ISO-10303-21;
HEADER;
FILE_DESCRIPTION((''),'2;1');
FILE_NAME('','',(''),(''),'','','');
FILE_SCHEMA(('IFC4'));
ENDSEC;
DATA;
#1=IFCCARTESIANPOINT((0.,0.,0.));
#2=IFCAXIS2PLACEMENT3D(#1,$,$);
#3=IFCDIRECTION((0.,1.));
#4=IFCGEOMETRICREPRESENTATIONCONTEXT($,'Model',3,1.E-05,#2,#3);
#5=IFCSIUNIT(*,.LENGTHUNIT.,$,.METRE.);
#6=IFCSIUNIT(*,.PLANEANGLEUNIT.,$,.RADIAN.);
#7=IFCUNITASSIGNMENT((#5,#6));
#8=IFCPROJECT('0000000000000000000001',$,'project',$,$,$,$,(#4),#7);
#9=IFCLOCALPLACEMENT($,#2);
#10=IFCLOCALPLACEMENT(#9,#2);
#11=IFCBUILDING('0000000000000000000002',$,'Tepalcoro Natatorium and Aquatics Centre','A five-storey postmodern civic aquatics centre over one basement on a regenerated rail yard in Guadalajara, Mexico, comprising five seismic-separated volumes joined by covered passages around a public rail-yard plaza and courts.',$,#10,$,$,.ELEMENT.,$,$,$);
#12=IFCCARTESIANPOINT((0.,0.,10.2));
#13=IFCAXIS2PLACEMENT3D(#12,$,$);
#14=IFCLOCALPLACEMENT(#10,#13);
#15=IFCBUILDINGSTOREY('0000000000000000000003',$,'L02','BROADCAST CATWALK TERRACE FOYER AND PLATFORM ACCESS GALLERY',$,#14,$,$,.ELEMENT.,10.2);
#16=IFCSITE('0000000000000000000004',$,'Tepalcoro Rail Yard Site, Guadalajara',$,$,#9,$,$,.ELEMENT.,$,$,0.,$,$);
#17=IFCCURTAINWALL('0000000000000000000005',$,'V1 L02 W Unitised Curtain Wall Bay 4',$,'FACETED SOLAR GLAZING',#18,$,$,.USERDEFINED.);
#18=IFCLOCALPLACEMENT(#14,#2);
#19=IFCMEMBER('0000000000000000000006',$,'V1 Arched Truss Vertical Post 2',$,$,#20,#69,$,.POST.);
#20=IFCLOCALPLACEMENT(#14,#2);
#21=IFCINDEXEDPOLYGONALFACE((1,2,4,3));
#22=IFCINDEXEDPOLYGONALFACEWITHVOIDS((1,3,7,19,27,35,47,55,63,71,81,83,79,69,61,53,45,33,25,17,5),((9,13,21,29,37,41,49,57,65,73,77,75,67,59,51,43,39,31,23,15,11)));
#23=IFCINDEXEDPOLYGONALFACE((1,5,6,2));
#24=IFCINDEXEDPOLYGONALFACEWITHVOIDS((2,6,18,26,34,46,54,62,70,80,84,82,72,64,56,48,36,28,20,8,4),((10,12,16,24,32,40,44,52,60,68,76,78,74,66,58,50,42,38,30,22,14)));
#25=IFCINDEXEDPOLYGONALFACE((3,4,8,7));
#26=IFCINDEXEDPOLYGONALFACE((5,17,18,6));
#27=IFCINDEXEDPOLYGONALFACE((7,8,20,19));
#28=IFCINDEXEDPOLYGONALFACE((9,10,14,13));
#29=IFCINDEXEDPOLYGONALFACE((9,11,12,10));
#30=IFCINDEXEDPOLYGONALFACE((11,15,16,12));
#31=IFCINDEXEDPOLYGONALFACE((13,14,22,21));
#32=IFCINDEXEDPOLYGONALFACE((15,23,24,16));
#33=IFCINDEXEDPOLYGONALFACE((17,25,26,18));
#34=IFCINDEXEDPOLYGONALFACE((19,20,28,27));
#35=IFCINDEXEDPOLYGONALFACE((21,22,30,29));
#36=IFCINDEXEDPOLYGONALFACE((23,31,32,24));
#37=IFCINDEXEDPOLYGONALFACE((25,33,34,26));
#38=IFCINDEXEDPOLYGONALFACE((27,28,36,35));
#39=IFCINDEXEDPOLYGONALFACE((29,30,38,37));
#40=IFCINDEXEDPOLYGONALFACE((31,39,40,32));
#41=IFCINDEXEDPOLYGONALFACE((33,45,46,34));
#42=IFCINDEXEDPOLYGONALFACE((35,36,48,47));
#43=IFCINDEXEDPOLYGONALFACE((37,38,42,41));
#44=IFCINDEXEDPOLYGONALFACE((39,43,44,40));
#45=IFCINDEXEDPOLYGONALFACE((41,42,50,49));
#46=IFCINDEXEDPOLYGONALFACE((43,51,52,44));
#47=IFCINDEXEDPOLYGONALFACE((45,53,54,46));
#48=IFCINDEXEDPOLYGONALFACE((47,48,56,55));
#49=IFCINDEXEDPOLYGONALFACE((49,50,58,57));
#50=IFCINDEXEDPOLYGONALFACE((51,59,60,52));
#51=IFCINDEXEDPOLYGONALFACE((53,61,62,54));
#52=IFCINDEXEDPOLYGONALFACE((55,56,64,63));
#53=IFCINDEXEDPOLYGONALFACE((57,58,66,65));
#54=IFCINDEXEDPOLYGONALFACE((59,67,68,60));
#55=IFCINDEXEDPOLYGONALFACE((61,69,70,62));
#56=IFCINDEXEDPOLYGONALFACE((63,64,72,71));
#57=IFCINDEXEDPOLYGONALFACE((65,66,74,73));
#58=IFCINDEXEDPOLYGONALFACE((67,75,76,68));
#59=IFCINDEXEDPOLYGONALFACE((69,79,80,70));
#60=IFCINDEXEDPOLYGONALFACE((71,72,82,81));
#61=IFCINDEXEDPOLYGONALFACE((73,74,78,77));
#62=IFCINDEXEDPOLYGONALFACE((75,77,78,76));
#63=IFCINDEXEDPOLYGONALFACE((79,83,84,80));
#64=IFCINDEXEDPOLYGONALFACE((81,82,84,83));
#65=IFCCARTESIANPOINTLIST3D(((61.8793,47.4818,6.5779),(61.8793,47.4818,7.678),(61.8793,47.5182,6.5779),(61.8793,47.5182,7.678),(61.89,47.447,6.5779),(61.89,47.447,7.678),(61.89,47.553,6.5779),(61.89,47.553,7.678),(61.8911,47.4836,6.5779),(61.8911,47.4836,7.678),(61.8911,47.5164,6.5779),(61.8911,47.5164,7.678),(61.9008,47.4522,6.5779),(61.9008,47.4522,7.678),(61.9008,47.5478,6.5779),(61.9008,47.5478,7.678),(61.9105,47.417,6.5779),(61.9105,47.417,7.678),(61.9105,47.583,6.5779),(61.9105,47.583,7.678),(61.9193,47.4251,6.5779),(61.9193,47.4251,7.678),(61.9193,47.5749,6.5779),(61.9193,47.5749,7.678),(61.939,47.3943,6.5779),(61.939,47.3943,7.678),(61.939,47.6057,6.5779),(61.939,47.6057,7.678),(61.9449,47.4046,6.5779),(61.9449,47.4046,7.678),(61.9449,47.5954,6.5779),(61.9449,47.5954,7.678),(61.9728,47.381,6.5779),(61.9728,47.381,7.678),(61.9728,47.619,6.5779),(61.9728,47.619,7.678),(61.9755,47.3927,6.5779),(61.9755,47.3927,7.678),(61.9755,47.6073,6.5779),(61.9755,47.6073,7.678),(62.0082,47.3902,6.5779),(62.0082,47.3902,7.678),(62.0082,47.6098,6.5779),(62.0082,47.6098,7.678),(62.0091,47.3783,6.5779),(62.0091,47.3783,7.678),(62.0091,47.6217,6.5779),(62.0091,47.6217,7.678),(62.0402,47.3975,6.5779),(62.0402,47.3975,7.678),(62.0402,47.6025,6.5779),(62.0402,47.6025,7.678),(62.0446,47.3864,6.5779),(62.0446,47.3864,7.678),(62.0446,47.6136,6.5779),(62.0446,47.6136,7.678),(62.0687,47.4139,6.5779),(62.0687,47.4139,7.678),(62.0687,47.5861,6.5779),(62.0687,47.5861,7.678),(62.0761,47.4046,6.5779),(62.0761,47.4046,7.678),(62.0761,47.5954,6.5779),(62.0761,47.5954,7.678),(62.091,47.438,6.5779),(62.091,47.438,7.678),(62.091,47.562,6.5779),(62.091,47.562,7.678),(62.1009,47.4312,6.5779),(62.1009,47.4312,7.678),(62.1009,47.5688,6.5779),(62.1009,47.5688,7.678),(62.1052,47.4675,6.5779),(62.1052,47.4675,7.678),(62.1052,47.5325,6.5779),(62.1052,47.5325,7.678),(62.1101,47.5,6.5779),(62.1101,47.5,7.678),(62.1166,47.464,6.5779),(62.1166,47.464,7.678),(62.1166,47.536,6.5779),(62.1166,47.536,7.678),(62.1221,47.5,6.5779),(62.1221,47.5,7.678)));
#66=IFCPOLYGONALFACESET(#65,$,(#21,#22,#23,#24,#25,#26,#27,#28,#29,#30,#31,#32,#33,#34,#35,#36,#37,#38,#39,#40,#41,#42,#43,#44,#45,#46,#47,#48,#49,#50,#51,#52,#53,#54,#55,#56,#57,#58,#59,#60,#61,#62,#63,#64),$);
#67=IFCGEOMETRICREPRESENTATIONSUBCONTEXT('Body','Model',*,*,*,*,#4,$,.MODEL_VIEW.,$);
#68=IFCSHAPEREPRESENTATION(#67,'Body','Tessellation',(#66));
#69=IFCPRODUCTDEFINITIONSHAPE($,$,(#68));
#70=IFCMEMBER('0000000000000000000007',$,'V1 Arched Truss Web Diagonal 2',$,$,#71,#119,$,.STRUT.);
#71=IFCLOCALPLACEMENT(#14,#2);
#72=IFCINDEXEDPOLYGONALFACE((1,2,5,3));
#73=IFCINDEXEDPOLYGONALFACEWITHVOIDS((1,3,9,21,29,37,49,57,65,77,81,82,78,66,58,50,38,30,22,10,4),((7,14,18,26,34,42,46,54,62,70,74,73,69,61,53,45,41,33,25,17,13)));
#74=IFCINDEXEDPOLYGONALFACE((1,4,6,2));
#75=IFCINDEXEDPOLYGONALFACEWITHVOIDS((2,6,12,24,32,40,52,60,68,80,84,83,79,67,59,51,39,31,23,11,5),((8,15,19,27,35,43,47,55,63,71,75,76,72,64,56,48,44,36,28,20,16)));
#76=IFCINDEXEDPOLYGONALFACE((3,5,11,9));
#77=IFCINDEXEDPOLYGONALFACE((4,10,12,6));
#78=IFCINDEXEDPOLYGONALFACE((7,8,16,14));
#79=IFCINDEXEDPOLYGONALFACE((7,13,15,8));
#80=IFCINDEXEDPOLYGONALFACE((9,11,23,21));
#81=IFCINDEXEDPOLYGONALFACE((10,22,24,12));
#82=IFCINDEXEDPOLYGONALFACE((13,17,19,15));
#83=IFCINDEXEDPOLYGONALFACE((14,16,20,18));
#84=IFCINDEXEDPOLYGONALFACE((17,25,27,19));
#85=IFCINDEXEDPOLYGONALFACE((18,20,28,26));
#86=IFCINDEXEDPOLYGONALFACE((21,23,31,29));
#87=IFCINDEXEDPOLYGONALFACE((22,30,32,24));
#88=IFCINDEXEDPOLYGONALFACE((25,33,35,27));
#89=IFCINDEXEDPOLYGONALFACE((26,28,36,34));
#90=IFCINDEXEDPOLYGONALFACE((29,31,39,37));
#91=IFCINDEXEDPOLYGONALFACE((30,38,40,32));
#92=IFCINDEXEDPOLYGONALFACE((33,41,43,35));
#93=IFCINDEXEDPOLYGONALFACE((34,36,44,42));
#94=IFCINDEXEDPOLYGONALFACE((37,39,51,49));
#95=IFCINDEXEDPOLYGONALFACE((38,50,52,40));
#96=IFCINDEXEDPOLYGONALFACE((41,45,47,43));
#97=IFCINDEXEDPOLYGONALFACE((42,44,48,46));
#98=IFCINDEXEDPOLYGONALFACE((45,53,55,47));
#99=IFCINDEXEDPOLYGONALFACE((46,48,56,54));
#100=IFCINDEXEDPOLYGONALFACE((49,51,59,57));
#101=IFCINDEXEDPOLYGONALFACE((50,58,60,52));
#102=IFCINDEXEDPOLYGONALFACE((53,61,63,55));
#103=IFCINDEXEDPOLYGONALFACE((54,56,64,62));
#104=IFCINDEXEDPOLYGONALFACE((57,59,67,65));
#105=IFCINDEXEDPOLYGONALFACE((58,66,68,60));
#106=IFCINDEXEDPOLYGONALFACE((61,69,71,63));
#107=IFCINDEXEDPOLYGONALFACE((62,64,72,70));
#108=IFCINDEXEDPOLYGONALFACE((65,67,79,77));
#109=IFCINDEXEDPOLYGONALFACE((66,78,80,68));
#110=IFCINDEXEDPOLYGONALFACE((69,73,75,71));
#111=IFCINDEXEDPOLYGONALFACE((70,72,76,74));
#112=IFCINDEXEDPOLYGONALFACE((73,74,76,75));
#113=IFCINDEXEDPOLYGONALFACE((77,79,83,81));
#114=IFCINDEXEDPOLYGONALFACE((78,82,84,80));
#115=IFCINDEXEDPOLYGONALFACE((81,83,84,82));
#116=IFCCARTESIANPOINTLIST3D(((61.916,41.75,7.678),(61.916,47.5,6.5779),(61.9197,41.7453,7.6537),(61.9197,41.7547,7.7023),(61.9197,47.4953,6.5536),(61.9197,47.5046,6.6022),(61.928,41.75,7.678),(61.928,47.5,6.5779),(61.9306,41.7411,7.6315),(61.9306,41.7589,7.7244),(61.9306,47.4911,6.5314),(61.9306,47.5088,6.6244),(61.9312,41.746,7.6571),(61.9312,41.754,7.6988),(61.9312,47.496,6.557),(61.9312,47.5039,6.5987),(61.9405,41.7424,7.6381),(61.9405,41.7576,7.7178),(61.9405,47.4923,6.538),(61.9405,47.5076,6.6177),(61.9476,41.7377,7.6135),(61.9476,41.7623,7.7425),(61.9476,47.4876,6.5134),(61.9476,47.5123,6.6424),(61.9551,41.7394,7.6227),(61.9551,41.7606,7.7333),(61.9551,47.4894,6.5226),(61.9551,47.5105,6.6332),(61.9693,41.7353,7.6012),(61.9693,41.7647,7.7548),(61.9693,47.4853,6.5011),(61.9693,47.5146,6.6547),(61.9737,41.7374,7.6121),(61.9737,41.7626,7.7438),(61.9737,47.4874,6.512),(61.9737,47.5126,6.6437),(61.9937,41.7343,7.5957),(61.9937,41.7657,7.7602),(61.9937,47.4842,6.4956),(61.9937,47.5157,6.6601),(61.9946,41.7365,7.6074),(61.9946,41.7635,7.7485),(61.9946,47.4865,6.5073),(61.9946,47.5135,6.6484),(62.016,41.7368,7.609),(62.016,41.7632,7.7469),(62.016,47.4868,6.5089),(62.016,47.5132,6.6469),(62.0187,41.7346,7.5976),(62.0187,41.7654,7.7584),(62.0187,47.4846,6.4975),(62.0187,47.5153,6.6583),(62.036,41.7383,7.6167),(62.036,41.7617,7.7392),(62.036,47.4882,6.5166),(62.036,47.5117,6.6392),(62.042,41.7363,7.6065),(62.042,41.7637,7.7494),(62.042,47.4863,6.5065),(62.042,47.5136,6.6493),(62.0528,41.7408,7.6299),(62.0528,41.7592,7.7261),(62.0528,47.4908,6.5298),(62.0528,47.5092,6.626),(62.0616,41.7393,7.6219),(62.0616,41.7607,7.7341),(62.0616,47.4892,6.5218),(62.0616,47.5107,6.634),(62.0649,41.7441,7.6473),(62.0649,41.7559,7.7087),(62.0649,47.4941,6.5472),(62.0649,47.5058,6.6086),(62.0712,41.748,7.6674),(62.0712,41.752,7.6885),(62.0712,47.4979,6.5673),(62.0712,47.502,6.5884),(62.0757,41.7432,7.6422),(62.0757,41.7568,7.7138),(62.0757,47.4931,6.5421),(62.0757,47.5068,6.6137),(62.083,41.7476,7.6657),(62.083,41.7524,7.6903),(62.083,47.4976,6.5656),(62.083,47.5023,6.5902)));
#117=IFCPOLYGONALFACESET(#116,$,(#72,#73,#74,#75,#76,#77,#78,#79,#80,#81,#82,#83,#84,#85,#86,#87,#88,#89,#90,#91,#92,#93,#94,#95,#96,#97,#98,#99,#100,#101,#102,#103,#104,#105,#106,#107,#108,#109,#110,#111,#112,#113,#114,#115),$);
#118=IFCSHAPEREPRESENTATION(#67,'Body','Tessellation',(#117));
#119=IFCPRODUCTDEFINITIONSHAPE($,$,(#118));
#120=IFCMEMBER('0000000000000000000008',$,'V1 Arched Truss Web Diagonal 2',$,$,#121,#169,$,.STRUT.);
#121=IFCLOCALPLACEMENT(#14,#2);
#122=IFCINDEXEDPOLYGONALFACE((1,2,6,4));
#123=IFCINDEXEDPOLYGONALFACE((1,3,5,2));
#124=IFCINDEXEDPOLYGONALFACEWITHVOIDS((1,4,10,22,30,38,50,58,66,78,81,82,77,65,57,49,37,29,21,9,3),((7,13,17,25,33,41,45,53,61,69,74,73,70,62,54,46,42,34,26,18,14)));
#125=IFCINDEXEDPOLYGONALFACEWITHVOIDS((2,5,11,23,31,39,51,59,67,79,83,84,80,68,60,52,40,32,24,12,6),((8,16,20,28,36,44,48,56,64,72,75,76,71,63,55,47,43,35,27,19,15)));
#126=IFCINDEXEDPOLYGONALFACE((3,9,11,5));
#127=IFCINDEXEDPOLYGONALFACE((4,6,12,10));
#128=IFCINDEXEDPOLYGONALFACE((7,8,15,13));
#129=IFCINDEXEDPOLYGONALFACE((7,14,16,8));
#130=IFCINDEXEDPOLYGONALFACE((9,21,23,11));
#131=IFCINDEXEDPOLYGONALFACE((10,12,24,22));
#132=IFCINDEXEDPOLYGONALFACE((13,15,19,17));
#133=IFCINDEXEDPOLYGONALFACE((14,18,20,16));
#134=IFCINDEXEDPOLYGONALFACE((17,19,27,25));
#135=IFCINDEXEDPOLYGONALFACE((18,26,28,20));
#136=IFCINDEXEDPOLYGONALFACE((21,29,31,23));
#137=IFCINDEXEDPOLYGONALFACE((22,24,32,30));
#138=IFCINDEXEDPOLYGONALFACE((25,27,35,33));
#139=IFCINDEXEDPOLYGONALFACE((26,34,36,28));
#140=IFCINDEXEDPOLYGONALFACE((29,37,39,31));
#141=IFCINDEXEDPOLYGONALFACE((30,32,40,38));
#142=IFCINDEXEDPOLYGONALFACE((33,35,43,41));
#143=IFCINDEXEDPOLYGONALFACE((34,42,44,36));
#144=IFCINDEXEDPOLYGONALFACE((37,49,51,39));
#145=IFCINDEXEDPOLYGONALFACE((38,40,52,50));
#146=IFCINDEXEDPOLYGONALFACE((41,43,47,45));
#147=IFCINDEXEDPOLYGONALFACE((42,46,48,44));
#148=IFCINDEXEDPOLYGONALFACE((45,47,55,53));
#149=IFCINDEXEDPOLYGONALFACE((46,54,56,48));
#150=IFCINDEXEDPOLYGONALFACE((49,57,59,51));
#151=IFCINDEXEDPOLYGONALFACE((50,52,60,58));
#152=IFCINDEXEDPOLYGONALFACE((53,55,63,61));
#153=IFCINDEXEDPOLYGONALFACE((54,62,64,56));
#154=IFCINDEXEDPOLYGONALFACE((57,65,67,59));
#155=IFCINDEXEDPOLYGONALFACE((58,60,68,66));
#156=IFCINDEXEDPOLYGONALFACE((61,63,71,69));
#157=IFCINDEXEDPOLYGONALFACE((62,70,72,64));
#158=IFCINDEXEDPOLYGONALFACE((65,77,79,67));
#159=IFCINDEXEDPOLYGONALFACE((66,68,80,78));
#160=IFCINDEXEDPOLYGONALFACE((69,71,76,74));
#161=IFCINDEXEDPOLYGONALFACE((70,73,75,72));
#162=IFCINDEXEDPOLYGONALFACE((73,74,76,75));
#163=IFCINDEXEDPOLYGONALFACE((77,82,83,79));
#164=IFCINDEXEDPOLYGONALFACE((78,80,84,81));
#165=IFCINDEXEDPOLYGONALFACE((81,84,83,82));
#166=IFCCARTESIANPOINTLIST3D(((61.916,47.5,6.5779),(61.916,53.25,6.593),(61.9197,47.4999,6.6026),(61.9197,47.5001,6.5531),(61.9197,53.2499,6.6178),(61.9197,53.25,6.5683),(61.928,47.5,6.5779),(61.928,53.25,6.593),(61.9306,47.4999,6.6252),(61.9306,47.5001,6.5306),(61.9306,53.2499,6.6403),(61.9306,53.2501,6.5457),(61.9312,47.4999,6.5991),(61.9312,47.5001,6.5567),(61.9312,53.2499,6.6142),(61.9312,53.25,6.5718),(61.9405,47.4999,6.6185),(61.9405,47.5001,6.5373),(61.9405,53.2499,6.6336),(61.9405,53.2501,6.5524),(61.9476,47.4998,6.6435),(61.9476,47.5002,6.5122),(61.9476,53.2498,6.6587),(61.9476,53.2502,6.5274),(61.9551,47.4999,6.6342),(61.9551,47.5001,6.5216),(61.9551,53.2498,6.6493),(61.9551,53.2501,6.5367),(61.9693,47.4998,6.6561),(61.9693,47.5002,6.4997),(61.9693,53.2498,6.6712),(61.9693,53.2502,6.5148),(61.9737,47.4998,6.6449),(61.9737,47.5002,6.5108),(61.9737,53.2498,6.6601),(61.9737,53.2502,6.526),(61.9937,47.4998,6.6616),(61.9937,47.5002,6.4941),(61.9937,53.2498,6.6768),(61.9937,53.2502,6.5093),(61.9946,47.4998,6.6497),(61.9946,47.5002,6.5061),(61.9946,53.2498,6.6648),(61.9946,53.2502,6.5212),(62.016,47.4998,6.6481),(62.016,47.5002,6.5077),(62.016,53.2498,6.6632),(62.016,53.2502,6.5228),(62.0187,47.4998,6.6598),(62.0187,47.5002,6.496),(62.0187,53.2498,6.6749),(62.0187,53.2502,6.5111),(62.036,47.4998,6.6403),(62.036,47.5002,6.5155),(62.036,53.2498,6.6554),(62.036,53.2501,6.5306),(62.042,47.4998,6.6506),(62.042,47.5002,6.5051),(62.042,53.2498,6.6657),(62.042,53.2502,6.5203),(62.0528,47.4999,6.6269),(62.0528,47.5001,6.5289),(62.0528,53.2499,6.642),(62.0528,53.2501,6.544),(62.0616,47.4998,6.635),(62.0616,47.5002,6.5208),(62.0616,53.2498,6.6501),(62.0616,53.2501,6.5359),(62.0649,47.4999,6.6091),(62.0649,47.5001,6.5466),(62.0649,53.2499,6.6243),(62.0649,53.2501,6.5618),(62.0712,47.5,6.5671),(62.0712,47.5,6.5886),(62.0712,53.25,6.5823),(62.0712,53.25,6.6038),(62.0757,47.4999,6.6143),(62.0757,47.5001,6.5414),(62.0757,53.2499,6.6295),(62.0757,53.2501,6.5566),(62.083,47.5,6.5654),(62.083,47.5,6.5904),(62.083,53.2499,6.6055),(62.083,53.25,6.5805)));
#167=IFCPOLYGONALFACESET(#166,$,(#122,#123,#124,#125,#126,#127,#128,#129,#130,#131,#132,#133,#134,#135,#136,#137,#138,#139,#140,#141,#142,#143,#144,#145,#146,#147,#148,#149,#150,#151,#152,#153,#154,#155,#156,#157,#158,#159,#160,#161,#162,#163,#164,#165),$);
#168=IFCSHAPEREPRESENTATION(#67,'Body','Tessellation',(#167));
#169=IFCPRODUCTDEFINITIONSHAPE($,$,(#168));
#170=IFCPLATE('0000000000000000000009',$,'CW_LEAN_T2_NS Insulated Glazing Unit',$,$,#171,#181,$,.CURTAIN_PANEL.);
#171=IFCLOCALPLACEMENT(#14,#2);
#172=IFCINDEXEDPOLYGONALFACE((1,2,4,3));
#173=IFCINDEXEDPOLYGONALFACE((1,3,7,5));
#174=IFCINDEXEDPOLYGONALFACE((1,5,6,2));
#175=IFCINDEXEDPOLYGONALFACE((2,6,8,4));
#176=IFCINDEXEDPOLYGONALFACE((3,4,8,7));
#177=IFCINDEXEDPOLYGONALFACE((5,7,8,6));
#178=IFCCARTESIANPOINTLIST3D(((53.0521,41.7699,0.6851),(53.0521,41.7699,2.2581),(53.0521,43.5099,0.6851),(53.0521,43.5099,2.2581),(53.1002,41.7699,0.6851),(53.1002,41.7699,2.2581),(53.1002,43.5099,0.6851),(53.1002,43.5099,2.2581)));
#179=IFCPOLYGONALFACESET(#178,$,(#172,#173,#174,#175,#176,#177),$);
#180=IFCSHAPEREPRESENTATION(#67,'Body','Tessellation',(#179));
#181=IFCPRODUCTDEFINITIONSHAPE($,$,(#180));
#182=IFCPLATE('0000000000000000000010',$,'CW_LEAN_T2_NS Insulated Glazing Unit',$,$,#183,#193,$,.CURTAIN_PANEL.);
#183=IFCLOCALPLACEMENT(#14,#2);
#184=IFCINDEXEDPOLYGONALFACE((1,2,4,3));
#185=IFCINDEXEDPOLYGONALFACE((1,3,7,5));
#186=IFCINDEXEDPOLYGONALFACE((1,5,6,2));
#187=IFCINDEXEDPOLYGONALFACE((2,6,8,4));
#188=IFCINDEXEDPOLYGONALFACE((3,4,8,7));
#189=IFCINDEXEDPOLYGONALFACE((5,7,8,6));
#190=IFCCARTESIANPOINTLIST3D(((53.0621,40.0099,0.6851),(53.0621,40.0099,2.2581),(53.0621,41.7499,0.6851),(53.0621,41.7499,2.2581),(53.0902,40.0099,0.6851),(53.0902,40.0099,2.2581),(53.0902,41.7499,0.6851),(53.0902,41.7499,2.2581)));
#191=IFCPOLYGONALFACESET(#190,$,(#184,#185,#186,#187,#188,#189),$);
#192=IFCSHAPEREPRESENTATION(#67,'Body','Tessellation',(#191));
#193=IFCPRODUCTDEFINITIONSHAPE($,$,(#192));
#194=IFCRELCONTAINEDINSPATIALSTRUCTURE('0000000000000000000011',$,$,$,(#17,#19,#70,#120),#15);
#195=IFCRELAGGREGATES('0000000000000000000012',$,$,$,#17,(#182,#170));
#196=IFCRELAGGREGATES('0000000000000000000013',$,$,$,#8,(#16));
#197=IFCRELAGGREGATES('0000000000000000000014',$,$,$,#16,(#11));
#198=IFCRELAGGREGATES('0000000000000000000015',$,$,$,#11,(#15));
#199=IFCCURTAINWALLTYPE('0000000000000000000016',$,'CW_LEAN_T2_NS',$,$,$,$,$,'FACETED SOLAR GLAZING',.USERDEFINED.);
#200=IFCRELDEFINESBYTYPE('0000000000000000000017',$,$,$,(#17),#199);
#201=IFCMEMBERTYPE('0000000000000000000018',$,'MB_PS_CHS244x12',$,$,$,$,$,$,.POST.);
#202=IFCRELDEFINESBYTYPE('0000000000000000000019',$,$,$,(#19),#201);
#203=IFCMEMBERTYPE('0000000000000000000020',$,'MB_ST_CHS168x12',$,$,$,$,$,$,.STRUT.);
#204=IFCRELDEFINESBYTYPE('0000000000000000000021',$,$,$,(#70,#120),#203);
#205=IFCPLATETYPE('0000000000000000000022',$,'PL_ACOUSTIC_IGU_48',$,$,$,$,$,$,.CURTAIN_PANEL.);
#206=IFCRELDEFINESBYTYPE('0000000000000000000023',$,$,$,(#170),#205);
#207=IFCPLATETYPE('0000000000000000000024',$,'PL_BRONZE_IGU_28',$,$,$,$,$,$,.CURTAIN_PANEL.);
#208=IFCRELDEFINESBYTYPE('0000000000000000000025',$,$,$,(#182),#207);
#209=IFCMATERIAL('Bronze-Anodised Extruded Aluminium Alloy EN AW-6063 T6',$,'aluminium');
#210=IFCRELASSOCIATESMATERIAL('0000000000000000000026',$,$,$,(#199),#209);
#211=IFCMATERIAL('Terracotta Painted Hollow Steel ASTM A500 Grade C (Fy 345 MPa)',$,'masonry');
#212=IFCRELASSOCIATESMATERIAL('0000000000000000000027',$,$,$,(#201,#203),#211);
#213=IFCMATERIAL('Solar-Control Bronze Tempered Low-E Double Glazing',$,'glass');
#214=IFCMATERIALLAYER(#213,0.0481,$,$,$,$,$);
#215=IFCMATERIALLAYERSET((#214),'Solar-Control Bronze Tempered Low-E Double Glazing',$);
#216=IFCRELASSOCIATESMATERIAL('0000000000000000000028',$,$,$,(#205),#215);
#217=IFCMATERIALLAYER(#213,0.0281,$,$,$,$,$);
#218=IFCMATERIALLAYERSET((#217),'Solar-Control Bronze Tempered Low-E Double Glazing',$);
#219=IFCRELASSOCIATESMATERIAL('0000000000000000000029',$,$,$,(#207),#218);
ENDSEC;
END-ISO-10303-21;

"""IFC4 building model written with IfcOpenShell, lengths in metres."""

from ifc_helpers import new_model, si_unit, direction, frame, origin, origin_2d, place, context, subcontext, project, spatial, rectangle, hollow_circle, extrude, material, layer, layer_set, material_profile, profile_set, type_object, element, aggregate, save


model = new_model("IFC4")

# Units and contexts
model_context = context("Model", 3, precision=1e-05, world=origin(), true_north=direction((0.0, 1.0)))
body_context = subcontext(model_context, "Body", "Model", "MODEL_VIEW")
ifc_project = project(units=[si_unit("LENGTHUNIT", "METRE"), si_unit("PLANEANGLEUNIT", "RADIAN")], contexts=[model_context])

# Site, building, storey
site_placement = place(None, origin())
site = spatial("IfcSite", under=ifc_project, at=site_placement, Name="Tepalcoro Rail Yard Site, Guadalajara", CompositionType="ELEMENT", RefElevation=0.0)
building_placement = place(site_placement, origin())
building = spatial("IfcBuilding", under=site, at=building_placement, Name="Tepalcoro Natatorium and Aquatics Centre", Description="A five-storey postmodern civic aquatics centre over one basement on a regenerated rail yard in Guadalajara, Mexico, comprising five seismic-separated volumes joined by covered passages around a public rail-yard plaza and courts.", CompositionType="ELEMENT")
storey_placement = place(building_placement, frame((0.0, 0.0, 10.2)))
storey = spatial("IfcBuildingStorey", under=building, at=storey_placement, Name="L02", Description="BROADCAST CATWALK TERRACE FOYER AND PLATFORM ACCESS GALLERY", CompositionType="ELEMENT", Elevation=10.2)

# Shared definitions
ifc_material_1 = material(Name="Terracotta Painted Hollow Steel ASTM A500 Grade C (Fy 345 MPa)", Category="masonry")

# Curtain wall
ifc_material_2 = material(Name="Bronze-Anodised Extruded Aluminium Alloy EN AW-6063 T6", Category="aluminium")
curtain_wall_type = type_object("IfcCurtainWallType", Name="CW_LEAN_T2_NS", ElementType="FACETED SOLAR GLAZING", PredefinedType="USERDEFINED", material=ifc_material_2)
curtain_wall_placement = place(storey_placement, origin())
curtain_wall = element("IfcCurtainWall", 1, at=curtain_wall_placement, inside=storey, type_object=curtain_wall_type, Name="V1 L02 W Unitised Curtain Wall Bay 4", ObjectType="FACETED SOLAR GLAZING", PredefinedType="USERDEFINED")

# Members
ifc_material_profile_1 = material_profile(ifc_material_1, hollow_circle(Radius=0.1221, WallThickness=0.012, at=origin_2d()), Name="CHS244X12")
ifc_profile_set_1 = profile_set([ifc_material_profile_1], Name="Terracotta Painted Hollow Steel ASTM A500 Grade C (Fy 345 MPa)")
member_type_1 = type_object("IfcMemberType", Name="MB_PS_CHS244x12", PredefinedType="POST", material=ifc_profile_set_1)
for number, where, z_axis, x_axis, name in (
    (2, (62.0, 47.5, 6.5779), (0.0, 0.0, 1.0), (1.0, 0.0, 0.0), "V1 Arched Truss Vertical Post 2"),
):
    element("IfcMember", number, at=place(storey_placement, frame(where, z_axis=z_axis, x_axis=x_axis)), inside=storey, type_object=member_type_1, Name=name, PredefinedType="POST", context=body_context, shape_type="SweptSolid", body=[
        extrude(hollow_circle(Radius=0.1221, WallThickness=0.012, at=origin_2d()), origin(), (0.0, 0.0, 1.0), 1.1001),
    ])
ifc_material_profile_2 = material_profile(ifc_material_1, hollow_circle(Radius=0.084, WallThickness=0.012, at=origin_2d()), Name="CHS168X12")
ifc_profile_set_2 = profile_set([ifc_material_profile_2], Name="Terracotta Painted Hollow Steel ASTM A500 Grade C (Fy 345 MPa)")
member_type_2 = type_object("IfcMemberType", Name="MB_ST_CHS168x12", PredefinedType="STRUT", material=ifc_profile_set_2)
member_1_placement = place(storey_placement, frame((62.0, 41.75, 7.678), z_axis=(0.0, 0.982186, -0.187913), x_axis=(-1.0, 0.0, 0.0)))
element("IfcMember", 3, at=member_1_placement, inside=storey, type_object=member_type_2, Name="V1 Arched Truss Web Diagonal 2", PredefinedType="STRUT", context=body_context, shape_type="SweptSolid", body=[
    extrude(hollow_circle(Radius=0.084, WallThickness=0.012, at=origin_2d()), origin(), (0.0, 0.0, 1.0), 5.8542),
])
member_2_placement = place(storey_placement, frame((62.0, 47.5, 6.5779), z_axis=(0.0, 0.999997, 0.002632), x_axis=(-1.0, 0.0, 0.0)))
element("IfcMember", 4, at=member_2_placement, inside=storey, type_object=member_type_2, Name="V1 Arched Truss Web Diagonal 2", PredefinedType="STRUT", context=body_context, shape_type="SweptSolid", body=[
    extrude(hollow_circle(Radius=0.084, WallThickness=0.012, at=origin_2d()), origin(), (0.0, 0.0, 1.0), 5.75),
])

# Plates
ifc_material_3 = material(Name="Solar-Control Bronze Tempered Low-E Double Glazing", Category="glass")
ifc_layer_1 = layer(ifc_material_3, 0.0481)
ifc_layer_set_1 = layer_set([ifc_layer_1], Name="Solar-Control Bronze Tempered Low-E Double Glazing")
plate_type_1 = type_object("IfcPlateType", Name="PL_ACOUSTIC_IGU_48", PredefinedType="CURTAIN_PANEL", material=ifc_layer_set_1)
plate_1_placement = place(storey_placement, frame((53.0762, 42.6399, 0.6851), z_axis=(0.0, 0.0, 1.0), x_axis=(1.0, 0.0, 0.0)))
plate_1 = element("IfcPlate", 5, at=plate_1_placement, type_object=plate_type_1, Name="CW_LEAN_T2_NS Insulated Glazing Unit", PredefinedType="CURTAIN_PANEL", context=body_context, shape_type="SweptSolid", body=[
    extrude(rectangle(XDim=0.0481, YDim=1.74, at=origin_2d()), origin(), (0.0, 0.0, 1.0), 1.573),
])
ifc_layer_2 = layer(ifc_material_3, 0.0281)
ifc_layer_set_2 = layer_set([ifc_layer_2], Name="Solar-Control Bronze Tempered Low-E Double Glazing")
plate_type_2 = type_object("IfcPlateType", Name="PL_BRONZE_IGU_28", PredefinedType="CURTAIN_PANEL", material=ifc_layer_set_2)
plate_2_placement = place(storey_placement, frame((53.0762, 40.8799, 0.6851), z_axis=(0.0, 0.0, 1.0), x_axis=(1.0, 0.0, 0.0)))
plate_2 = element("IfcPlate", 6, at=plate_2_placement, type_object=plate_type_2, Name="CW_LEAN_T2_NS Insulated Glazing Unit", PredefinedType="CURTAIN_PANEL", context=body_context, shape_type="SweptSolid", body=[
    extrude(rectangle(XDim=0.0281, YDim=1.74, at=origin_2d()), origin(), (0.0, 0.0, 1.0), 1.573),
])
aggregate(curtain_wall, [plate_2, plate_1])

save(model, "model.ifc")
